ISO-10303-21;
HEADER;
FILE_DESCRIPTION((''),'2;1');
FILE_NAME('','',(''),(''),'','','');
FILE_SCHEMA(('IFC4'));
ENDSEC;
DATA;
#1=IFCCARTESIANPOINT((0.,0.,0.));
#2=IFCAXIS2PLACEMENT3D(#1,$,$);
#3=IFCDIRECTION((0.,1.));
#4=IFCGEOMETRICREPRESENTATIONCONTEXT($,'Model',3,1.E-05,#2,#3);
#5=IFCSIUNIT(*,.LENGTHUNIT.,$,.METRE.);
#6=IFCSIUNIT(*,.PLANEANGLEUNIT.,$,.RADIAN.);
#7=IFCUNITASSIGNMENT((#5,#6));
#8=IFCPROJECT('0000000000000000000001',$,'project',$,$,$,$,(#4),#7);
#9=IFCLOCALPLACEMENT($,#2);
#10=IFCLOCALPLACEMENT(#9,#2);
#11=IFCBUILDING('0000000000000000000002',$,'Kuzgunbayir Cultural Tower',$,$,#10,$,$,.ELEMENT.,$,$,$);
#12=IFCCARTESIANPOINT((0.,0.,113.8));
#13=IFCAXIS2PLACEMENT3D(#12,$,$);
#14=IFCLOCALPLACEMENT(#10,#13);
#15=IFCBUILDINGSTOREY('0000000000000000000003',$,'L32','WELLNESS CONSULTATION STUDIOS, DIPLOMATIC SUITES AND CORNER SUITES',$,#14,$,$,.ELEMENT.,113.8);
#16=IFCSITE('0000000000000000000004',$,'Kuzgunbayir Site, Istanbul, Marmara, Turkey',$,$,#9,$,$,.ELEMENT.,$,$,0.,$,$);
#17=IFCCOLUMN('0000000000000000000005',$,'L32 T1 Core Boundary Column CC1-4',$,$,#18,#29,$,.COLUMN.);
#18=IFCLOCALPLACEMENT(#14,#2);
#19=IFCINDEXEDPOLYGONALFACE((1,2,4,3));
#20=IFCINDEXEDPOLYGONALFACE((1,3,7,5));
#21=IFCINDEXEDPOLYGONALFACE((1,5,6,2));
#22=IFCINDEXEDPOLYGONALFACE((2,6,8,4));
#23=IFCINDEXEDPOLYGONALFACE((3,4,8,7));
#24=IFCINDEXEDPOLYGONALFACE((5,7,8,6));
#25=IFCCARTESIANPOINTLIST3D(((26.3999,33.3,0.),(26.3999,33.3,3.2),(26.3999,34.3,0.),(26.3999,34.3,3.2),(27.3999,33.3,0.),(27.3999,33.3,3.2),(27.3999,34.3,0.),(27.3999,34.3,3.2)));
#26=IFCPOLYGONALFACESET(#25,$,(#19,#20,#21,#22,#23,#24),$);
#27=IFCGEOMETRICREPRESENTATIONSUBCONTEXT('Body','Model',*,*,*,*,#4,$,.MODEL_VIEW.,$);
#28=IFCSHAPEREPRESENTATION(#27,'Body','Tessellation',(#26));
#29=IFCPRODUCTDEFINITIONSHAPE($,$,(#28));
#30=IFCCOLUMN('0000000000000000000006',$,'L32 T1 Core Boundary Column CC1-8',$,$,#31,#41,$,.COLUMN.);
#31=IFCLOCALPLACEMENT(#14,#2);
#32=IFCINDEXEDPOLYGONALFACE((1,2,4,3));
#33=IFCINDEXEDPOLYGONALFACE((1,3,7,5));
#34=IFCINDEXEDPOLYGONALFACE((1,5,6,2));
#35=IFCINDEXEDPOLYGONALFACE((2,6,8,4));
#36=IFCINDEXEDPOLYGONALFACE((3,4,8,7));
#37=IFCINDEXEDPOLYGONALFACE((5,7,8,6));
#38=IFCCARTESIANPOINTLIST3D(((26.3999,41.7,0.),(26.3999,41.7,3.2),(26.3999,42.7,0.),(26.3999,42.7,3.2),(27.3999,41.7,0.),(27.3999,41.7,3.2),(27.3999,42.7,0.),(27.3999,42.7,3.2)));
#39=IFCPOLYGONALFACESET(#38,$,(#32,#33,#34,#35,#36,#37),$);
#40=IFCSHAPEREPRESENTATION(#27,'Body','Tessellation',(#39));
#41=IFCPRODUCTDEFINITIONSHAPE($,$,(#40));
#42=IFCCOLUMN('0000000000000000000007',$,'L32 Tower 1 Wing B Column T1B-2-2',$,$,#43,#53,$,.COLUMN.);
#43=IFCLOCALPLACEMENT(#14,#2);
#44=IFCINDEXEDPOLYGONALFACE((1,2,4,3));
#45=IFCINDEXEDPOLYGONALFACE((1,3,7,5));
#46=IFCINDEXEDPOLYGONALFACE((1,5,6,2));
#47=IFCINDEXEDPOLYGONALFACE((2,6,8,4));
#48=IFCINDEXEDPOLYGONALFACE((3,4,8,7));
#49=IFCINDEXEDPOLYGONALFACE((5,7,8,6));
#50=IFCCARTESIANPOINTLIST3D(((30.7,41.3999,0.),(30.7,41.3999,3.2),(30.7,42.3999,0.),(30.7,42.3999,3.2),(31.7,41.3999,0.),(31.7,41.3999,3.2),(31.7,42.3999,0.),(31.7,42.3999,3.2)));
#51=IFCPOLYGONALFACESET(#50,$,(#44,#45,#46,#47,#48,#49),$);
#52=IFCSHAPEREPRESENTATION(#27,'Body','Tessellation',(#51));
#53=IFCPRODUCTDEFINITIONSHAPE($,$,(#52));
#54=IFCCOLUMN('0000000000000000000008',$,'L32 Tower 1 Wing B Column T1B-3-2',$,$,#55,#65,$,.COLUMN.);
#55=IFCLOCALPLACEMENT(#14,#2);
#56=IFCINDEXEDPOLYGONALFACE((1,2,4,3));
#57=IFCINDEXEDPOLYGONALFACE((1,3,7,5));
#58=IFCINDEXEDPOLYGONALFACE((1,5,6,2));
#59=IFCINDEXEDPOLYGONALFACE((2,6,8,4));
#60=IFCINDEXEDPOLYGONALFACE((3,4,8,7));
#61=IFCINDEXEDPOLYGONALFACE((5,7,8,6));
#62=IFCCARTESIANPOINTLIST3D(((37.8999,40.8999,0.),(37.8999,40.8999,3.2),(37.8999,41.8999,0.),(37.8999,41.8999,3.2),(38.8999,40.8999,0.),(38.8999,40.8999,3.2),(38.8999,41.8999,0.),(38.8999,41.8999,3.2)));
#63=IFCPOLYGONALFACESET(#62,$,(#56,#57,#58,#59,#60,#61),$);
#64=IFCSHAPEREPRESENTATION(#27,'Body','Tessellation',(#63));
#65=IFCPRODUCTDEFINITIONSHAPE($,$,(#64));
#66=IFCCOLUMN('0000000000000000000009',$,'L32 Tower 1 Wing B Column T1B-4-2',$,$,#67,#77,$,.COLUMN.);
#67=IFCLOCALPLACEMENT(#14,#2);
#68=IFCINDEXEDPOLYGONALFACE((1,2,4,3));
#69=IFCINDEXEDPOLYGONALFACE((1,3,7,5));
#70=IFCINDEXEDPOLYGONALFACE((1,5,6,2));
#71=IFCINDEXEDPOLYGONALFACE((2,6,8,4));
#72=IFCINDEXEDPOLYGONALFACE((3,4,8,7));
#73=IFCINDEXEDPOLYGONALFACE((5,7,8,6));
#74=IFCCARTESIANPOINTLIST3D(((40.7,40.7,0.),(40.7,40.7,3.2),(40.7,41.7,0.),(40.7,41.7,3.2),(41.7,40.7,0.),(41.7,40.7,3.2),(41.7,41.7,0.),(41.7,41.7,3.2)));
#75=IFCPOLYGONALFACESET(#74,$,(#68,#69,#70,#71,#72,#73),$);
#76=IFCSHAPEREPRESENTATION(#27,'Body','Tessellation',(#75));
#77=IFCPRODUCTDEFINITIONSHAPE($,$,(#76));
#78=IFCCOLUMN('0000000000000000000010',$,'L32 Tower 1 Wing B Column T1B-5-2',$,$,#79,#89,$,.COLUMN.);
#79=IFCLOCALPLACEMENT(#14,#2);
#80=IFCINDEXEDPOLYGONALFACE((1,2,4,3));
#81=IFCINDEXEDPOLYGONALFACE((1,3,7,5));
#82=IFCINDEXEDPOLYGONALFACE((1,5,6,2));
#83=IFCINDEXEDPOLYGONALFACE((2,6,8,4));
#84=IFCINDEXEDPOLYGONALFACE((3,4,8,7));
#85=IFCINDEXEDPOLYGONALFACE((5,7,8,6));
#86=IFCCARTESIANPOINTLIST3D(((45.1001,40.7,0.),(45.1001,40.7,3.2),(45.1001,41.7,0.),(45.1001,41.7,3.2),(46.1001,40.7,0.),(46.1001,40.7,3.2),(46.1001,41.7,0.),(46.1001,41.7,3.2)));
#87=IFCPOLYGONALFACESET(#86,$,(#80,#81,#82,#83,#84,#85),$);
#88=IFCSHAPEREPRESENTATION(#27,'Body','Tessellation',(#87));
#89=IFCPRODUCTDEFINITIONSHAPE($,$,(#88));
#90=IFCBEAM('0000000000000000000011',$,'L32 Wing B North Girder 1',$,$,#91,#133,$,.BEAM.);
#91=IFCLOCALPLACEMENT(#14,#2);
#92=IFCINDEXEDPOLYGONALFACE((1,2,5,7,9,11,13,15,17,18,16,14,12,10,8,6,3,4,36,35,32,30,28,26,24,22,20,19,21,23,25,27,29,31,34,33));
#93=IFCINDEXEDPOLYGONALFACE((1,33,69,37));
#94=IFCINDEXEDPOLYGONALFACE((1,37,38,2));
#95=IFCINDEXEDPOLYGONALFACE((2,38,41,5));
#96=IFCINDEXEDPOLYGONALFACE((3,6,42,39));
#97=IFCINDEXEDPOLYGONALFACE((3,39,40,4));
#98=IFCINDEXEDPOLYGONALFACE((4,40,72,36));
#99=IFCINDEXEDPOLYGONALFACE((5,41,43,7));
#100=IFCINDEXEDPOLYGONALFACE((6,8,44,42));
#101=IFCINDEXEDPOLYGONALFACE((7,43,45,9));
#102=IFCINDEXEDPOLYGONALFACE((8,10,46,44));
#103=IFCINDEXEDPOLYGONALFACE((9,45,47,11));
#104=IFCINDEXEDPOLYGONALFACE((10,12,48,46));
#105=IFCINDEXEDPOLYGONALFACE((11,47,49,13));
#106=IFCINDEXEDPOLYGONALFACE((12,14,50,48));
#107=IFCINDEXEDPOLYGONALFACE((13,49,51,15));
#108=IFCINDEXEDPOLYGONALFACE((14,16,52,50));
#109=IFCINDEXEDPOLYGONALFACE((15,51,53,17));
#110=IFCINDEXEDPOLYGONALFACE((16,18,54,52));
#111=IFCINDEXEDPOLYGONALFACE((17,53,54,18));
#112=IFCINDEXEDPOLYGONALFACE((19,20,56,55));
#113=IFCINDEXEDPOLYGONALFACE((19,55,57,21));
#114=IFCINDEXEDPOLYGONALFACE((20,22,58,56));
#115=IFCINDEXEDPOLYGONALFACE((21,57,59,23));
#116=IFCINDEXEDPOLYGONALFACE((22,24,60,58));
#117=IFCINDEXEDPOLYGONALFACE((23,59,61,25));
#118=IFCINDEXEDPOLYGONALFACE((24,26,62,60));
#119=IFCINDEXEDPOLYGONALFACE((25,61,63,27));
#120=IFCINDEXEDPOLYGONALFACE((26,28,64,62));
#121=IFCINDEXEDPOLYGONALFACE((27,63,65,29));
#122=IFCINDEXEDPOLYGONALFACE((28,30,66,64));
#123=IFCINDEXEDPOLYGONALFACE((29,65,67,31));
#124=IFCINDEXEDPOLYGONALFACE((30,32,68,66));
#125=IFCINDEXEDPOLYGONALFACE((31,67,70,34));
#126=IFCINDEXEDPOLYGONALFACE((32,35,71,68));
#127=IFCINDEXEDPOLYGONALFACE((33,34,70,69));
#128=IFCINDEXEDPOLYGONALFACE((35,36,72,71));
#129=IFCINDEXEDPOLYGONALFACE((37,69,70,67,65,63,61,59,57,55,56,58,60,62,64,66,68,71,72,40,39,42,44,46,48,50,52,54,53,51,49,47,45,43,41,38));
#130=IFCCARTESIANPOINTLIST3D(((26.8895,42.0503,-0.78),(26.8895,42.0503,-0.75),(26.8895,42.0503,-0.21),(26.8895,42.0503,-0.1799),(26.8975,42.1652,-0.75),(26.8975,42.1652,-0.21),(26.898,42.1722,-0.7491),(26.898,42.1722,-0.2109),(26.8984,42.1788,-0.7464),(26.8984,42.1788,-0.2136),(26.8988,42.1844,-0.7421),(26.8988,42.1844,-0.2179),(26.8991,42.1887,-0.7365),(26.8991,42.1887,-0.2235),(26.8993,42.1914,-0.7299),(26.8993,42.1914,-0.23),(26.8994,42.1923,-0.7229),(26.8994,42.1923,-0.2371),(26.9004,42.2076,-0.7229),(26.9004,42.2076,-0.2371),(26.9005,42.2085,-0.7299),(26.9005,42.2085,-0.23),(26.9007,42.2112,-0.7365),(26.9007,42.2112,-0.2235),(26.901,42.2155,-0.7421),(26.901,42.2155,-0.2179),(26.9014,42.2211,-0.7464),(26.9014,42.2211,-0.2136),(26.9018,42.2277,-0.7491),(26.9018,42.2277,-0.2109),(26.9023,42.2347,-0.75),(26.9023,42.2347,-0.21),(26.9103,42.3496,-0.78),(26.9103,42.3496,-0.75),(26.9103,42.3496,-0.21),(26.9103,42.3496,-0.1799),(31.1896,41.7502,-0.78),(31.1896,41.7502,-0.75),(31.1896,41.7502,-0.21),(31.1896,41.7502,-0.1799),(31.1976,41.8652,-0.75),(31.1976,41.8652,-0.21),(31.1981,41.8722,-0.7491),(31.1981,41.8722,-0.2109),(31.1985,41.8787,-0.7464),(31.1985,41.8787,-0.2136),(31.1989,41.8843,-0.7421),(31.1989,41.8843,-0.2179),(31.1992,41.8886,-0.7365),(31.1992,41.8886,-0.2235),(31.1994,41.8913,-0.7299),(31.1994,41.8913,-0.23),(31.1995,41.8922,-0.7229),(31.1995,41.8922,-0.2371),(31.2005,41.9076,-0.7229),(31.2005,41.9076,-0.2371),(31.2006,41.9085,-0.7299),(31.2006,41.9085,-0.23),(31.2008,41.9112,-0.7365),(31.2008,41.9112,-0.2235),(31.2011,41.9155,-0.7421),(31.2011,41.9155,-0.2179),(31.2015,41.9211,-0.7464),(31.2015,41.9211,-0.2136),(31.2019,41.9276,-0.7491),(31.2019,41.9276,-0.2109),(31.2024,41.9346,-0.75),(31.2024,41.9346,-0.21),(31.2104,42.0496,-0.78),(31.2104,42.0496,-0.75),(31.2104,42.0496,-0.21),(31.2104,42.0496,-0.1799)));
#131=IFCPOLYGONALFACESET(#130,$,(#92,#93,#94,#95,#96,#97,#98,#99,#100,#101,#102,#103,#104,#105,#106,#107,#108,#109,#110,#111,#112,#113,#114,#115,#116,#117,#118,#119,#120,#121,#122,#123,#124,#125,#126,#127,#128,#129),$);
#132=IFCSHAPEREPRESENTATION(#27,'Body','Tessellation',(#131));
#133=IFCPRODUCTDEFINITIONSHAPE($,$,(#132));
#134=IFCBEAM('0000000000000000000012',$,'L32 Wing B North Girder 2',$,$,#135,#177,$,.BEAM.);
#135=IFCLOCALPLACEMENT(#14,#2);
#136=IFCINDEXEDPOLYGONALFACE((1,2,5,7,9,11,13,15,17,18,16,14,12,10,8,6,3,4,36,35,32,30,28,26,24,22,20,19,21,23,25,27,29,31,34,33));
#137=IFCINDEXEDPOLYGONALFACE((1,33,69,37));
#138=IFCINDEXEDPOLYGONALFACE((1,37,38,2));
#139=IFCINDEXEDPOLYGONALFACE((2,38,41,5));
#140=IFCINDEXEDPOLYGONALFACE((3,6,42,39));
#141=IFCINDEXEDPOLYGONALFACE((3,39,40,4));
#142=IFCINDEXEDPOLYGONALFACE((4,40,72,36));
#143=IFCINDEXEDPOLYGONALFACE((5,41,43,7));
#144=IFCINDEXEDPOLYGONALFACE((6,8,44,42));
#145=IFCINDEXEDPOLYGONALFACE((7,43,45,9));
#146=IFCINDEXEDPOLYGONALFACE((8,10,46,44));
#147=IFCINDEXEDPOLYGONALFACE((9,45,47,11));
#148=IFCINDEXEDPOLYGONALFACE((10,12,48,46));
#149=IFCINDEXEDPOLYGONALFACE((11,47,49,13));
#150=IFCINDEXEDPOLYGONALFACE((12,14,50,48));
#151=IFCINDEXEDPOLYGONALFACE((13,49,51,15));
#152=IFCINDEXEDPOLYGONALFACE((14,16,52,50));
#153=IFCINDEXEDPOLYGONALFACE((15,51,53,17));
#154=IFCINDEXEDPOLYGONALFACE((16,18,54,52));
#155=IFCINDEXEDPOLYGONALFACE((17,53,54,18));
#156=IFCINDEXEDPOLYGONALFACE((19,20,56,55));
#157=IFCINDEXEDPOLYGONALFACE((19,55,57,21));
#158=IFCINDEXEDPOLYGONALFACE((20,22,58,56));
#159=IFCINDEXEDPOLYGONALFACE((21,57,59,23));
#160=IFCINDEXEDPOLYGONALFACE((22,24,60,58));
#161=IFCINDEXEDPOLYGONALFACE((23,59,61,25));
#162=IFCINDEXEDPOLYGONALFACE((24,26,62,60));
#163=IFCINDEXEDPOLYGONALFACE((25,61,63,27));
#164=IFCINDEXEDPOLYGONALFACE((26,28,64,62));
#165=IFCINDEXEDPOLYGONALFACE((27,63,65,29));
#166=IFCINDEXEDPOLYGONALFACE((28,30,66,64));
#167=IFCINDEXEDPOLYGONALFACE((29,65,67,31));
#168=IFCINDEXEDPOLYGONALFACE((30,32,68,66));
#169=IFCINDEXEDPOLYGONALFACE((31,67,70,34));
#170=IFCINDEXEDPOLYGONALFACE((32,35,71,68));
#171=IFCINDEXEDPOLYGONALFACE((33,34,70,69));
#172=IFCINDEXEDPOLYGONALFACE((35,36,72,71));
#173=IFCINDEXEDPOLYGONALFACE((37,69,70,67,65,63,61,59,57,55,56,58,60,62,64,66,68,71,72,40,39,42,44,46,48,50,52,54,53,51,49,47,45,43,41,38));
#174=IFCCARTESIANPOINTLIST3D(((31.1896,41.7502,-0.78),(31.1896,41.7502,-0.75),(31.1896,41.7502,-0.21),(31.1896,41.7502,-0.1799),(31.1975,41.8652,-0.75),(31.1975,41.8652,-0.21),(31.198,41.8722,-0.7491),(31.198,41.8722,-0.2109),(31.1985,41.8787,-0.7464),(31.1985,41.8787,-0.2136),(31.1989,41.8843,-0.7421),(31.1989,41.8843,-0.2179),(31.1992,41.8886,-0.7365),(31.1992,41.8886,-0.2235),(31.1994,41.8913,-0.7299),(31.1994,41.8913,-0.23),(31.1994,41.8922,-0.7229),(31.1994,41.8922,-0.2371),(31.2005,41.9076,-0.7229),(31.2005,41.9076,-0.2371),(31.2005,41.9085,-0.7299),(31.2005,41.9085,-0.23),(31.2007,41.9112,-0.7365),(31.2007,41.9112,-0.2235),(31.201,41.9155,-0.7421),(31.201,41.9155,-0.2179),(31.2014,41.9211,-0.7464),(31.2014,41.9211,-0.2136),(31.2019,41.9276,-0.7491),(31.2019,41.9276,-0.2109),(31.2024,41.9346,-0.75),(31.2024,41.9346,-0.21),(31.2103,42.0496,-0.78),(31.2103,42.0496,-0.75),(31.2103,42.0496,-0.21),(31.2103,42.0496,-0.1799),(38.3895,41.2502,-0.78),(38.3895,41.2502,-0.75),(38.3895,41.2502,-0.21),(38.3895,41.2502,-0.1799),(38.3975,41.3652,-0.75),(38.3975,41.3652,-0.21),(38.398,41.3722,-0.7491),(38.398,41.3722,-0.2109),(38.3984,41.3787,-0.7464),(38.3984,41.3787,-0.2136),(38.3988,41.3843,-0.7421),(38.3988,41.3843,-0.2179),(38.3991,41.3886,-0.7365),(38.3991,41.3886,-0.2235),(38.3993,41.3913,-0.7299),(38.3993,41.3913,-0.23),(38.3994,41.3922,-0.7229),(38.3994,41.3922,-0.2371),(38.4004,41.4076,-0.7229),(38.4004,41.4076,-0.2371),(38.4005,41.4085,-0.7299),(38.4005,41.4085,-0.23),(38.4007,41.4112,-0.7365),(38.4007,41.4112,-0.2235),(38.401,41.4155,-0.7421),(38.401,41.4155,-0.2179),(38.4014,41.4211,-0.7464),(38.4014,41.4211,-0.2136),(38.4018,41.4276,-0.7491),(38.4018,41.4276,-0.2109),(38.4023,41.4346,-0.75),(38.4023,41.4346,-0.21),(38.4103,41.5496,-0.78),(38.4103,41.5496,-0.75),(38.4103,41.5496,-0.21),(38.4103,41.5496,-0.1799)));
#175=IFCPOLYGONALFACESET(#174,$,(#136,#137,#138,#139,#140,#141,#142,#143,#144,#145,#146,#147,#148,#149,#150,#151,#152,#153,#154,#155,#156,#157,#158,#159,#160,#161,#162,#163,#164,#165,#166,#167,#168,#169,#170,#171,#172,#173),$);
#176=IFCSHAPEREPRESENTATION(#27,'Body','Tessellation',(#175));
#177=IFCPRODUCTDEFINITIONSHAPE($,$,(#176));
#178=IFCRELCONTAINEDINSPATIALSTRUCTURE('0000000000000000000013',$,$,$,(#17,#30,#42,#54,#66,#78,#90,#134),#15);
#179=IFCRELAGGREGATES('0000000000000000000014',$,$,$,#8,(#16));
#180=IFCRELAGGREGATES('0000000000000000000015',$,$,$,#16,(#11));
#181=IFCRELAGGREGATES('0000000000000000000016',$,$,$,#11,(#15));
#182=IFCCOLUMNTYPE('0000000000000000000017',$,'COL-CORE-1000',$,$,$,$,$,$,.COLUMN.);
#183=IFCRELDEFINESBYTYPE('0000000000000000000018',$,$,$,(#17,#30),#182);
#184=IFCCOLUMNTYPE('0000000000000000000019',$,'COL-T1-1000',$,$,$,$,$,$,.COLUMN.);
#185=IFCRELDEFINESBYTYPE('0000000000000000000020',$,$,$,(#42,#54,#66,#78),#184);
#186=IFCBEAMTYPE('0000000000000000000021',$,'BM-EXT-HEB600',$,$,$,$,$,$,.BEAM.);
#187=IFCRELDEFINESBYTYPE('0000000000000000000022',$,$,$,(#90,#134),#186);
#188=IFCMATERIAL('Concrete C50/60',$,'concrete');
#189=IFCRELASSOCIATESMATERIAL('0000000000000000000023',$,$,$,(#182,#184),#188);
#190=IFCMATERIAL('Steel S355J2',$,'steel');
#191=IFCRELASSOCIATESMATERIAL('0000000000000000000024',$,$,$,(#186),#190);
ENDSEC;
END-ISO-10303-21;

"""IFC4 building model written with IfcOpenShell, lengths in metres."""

from ifc_helpers import new_model, si_unit, direction, frame, origin, origin_2d, place, context, subcontext, project, spatial, rectangle, i_section, extrude, material, material_profile, profile_set, type_object, element, save


model = new_model("IFC4")

# Units and contexts
model_context = context("Model", 3, precision=1e-05, world=origin(), true_north=direction((0.0, 1.0)))
body_context = subcontext(model_context, "Body", "Model", "MODEL_VIEW")
ifc_project = project(units=[si_unit("LENGTHUNIT", "METRE"), si_unit("PLANEANGLEUNIT", "RADIAN")], contexts=[model_context])

# Site, building, storey
site_placement = place(None, origin())
site = spatial("IfcSite", under=ifc_project, at=site_placement, Name="Kuzgunbayir Site, Istanbul, Marmara, Turkey", CompositionType="ELEMENT", RefElevation=0.0)
building_placement = place(site_placement, origin())
building = spatial("IfcBuilding", under=site, at=building_placement, Name="Kuzgunbayir Cultural Tower", CompositionType="ELEMENT")
storey_placement = place(building_placement, frame((0.0, 0.0, 113.8)))
storey = spatial("IfcBuildingStorey", under=building, at=storey_placement, Name="L32", Description="WELLNESS CONSULTATION STUDIOS, DIPLOMATIC SUITES AND CORNER SUITES", CompositionType="ELEMENT", Elevation=113.8)

# Columns
ifc_material_1 = material(Name="Concrete C50/60", Category="concrete")
ifc_material_profile_1 = material_profile(ifc_material_1, rectangle(XDim=1.0, YDim=1.0, at=origin_2d()), Name="RC 1000x1000")
ifc_profile_set_1 = profile_set([ifc_material_profile_1], Name="Concrete C50/60")
column_type_1 = type_object("IfcColumnType", Name="COL-CORE-1000", PredefinedType="COLUMN", material=ifc_profile_set_1)
for number, where, z_axis, x_axis, name in (
    (1, (26.8999, 33.8, 0.0), (0.0, 0.0, 1.0), (1.0, 0.0, 0.0), "L32 T1 Core Boundary Column CC1-4"),
    (2, (26.8999, 42.2, 0.0), (0.0, 0.0, 1.0), (1.0, 0.0, 0.0), "L32 T1 Core Boundary Column CC1-8"),
):
    element("IfcColumn", number, at=place(storey_placement, frame(where, z_axis=z_axis, x_axis=x_axis)), inside=storey, type_object=column_type_1, Name=name, PredefinedType="COLUMN", context=body_context, shape_type="SweptSolid", body=[
        extrude(rectangle(XDim=1.0, YDim=1.0, at=origin_2d()), origin(), (0.0, 0.0, 1.0), 3.2),
    ])
ifc_material_profile_2 = material_profile(ifc_material_1, rectangle(XDim=1.0, YDim=1.0, at=origin_2d()), Name="RC 1000x1000")
ifc_profile_set_2 = profile_set([ifc_material_profile_2], Name="Concrete C50/60")
column_type_2 = type_object("IfcColumnType", Name="COL-T1-1000", PredefinedType="COLUMN", material=ifc_profile_set_2)
for number, where, z_axis, x_axis, name in (
    (3, (31.2, 41.8999, 0.0), (0.0, 0.0, 1.0), (1.0, 0.0, 0.0), "L32 Tower 1 Wing B Column T1B-2-2"),
    (4, (38.3999, 41.3999, 0.0), (0.0, 0.0, 1.0), (1.0, 0.0, 0.0), "L32 Tower 1 Wing B Column T1B-3-2"),
    (5, (41.2, 41.2, 0.0), (0.0, 0.0, 1.0), (1.0, 0.0, 0.0), "L32 Tower 1 Wing B Column T1B-4-2"),
    (6, (45.6001, 41.2, 0.0), (0.0, 0.0, 1.0), (1.0, 0.0, 0.0), "L32 Tower 1 Wing B Column T1B-5-2"),
):
    element("IfcColumn", number, at=place(storey_placement, frame(where, z_axis=z_axis, x_axis=x_axis)), inside=storey, type_object=column_type_2, Name=name, PredefinedType="COLUMN", context=body_context, shape_type="SweptSolid", body=[
        extrude(rectangle(XDim=1.0, YDim=1.0, at=origin_2d()), origin(), (0.0, 0.0, 1.0), 3.2),
    ])

# Beams
ifc_material_2 = material(Name="Steel S355J2", Category="steel")
ifc_material_profile_3 = material_profile(ifc_material_2, i_section(OverallWidth=0.3, OverallDepth=0.6001, WebThickness=0.0154, FlangeThickness=0.03, FilletRadius=0.0271, at=origin_2d()), Name="HEB 600")
ifc_profile_set_3 = profile_set([ifc_material_profile_3], Name="Steel S355J2")
beam_type_1 = type_object("IfcBeamType", Name="BM-EXT-HEB600", PredefinedType="BEAM", material=ifc_profile_set_3)
beam_1_placement = place(storey_placement, frame((26.8999, 42.2, -0.48), z_axis=(0.997574, -0.069609, 0.0), x_axis=(0.069609, 0.997574, 0.0)))
element("IfcBeam", 7, at=beam_1_placement, inside=storey, type_object=beam_type_1, Name="L32 Wing B North Girder 1", PredefinedType="BEAM", context=body_context, shape_type="SweptSolid", body=[
    extrude(i_section(OverallWidth=0.3, OverallDepth=0.6001, WebThickness=0.0154, FlangeThickness=0.03, FilletRadius=0.0271, at=origin_2d()), origin(), (0.0, 0.0, 1.0), 4.3105),
])
beam_2_placement = place(storey_placement, frame((31.2, 41.8999, -0.48), z_axis=(0.997597, -0.069278, 0.0), x_axis=(0.069278, 0.997597, 0.0)))
element("IfcBeam", 8, at=beam_2_placement, inside=storey, type_object=beam_type_1, Name="L32 Wing B North Girder 2", PredefinedType="BEAM", context=body_context, shape_type="SweptSolid", body=[
    extrude(i_section(OverallWidth=0.3, OverallDepth=0.6001, WebThickness=0.0154, FlangeThickness=0.03, FilletRadius=0.0271, at=origin_2d()), origin(), (0.0, 0.0, 1.0), 7.2173),
])

save(model, "model.ifc")
